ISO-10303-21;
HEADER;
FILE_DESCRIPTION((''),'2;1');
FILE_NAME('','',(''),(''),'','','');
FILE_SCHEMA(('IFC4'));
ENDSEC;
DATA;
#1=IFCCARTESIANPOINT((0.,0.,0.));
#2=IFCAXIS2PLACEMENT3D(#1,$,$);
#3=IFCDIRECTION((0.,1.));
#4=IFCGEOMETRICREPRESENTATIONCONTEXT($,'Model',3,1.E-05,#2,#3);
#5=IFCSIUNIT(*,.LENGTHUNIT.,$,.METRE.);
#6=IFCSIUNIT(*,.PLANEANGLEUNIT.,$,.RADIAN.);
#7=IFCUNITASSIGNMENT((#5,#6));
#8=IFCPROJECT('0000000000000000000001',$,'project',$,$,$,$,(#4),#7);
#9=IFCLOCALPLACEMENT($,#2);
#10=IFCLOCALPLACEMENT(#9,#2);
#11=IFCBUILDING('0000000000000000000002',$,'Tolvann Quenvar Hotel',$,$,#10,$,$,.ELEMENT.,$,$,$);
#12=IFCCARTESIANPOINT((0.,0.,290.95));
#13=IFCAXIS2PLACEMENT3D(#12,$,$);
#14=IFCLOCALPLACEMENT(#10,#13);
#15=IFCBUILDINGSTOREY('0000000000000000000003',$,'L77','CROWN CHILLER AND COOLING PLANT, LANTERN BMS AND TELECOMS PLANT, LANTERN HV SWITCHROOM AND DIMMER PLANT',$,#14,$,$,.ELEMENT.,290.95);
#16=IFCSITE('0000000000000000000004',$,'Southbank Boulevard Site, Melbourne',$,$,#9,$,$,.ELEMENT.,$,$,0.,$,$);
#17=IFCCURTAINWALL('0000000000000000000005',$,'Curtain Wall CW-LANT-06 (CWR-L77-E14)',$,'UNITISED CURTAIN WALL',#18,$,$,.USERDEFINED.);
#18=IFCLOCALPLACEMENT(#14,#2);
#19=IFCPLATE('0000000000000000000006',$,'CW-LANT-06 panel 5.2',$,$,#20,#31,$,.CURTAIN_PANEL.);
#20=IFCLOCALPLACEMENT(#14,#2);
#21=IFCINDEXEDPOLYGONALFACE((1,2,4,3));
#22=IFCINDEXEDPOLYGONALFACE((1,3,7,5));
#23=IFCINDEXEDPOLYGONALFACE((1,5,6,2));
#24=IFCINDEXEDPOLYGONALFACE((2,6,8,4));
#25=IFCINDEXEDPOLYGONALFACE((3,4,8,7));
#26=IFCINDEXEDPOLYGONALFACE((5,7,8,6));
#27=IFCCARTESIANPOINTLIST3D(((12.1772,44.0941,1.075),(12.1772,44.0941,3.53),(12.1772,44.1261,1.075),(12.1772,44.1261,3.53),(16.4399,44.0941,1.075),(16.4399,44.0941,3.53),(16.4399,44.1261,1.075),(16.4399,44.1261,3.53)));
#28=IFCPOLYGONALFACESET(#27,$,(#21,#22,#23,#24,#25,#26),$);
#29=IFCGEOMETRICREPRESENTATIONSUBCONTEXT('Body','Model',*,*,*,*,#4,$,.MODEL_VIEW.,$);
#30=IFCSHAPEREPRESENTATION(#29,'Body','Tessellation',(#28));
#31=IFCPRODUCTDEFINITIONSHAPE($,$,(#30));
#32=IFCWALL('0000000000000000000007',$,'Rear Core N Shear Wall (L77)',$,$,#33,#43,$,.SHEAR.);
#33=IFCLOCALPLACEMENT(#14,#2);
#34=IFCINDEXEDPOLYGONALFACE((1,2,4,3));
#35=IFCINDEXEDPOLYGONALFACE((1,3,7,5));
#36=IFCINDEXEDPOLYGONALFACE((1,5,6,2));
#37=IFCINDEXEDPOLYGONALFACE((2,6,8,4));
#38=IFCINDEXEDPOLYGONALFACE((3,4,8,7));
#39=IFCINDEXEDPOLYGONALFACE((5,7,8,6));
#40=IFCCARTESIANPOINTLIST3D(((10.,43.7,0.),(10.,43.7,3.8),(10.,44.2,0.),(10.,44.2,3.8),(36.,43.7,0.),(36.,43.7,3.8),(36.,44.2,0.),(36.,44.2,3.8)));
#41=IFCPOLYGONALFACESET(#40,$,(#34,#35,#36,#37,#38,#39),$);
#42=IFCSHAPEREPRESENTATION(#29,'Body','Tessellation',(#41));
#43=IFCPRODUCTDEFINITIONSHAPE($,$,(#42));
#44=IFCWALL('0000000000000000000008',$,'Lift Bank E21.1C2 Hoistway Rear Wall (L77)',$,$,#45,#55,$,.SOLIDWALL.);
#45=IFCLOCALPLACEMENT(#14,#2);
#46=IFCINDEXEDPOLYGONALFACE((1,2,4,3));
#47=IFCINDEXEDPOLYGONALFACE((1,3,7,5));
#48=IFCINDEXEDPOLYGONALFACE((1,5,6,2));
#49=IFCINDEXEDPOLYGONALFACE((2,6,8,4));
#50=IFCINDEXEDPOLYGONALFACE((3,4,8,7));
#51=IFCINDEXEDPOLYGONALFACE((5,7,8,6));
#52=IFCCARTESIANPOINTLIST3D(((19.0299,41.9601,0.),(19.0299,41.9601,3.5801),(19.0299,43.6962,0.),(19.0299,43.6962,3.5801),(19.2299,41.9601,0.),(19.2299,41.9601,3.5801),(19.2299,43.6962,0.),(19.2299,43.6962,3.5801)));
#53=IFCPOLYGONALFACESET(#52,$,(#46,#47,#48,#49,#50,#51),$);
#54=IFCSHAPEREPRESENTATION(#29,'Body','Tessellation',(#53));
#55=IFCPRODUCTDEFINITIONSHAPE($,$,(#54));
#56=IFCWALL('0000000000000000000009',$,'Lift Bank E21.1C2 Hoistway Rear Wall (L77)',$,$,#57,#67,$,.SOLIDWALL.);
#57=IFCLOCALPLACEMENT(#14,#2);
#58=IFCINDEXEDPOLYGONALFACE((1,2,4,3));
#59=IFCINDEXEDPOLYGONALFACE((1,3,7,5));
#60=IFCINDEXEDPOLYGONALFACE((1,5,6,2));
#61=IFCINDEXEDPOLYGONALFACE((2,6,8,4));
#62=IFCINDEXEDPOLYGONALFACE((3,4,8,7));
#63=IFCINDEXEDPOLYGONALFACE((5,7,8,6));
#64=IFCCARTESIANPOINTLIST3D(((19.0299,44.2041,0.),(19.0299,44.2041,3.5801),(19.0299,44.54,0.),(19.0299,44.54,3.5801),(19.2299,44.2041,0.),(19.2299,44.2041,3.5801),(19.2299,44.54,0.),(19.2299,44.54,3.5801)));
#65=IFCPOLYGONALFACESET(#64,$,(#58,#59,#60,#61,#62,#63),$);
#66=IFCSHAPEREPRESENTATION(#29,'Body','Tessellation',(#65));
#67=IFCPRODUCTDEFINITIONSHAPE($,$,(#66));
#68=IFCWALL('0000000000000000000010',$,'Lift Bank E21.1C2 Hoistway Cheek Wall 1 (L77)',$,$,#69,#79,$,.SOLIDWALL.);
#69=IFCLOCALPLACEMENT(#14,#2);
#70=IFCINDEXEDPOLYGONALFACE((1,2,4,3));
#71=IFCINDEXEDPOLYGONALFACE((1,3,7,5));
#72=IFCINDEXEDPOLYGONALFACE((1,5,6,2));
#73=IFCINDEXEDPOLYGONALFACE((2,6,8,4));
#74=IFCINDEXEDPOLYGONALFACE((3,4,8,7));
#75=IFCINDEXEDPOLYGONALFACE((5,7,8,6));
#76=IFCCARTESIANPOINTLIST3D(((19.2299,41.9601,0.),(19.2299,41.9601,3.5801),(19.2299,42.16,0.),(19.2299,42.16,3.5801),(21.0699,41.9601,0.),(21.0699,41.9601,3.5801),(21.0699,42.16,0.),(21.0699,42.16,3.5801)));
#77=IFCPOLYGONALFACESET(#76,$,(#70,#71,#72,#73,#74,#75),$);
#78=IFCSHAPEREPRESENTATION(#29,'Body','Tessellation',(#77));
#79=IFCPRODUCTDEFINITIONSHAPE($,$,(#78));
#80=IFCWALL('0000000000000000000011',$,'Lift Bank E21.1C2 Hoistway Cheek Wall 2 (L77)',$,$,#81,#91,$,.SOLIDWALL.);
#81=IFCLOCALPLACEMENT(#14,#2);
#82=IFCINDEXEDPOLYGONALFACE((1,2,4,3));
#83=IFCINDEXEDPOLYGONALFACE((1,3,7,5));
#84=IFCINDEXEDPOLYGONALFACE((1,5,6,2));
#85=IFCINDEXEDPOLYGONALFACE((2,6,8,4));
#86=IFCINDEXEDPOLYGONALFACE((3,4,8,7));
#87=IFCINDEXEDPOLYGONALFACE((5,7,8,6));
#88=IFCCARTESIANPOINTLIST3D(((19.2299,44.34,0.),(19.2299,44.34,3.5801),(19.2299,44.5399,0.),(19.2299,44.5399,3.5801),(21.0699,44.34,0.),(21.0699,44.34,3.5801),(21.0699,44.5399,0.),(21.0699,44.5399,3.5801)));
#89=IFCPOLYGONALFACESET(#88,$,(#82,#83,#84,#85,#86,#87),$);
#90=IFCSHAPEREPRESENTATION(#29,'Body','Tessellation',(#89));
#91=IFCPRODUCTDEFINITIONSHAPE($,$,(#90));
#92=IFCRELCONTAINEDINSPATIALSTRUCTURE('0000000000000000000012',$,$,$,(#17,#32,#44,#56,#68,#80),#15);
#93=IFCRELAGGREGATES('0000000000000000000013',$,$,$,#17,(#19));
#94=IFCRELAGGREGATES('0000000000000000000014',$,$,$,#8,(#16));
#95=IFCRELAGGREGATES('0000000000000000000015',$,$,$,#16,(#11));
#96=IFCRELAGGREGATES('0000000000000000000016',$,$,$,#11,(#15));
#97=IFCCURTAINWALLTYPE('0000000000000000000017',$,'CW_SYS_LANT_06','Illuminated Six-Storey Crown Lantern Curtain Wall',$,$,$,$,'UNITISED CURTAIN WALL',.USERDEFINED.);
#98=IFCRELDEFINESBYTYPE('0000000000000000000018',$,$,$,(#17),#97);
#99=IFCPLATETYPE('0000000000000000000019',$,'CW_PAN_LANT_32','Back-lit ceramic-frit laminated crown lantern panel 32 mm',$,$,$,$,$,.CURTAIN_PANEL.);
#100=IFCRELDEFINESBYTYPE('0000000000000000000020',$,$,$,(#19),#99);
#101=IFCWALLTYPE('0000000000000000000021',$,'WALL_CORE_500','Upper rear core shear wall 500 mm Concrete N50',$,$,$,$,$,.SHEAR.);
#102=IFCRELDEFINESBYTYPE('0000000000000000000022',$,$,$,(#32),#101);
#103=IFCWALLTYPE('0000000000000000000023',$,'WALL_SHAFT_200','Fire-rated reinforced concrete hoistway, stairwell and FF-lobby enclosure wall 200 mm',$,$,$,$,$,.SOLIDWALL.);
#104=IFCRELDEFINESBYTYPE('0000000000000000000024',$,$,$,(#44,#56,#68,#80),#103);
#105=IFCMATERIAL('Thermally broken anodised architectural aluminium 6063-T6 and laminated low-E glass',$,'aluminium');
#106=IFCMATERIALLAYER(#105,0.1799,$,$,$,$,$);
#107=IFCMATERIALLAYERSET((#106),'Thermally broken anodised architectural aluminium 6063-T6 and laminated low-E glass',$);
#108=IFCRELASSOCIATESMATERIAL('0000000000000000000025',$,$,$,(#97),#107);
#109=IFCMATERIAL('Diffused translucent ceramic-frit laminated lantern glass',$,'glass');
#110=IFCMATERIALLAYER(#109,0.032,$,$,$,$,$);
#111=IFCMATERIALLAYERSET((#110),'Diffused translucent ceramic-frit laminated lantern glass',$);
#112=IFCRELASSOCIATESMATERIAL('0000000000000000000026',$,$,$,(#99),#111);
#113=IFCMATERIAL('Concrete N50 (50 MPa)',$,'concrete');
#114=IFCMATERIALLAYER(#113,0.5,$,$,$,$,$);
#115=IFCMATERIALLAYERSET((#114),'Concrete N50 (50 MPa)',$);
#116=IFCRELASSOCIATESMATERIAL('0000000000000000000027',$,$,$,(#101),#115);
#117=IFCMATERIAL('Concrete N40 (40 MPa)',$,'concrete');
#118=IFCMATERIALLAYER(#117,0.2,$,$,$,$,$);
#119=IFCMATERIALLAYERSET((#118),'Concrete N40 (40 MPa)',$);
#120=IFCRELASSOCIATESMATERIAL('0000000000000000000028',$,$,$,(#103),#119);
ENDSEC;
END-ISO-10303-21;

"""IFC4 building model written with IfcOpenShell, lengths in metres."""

from ifc_helpers import new_model, si_unit, direction, frame, frame_2d, origin, origin_2d, place, context, subcontext, project, spatial, rectangle, extrude, source, transform, mapped, material, layer, layer_set, type_object, element, aggregate, save


model = new_model("IFC4")

# Units and contexts
model_context = context("Model", 3, precision=1e-05, world=origin(), true_north=direction((0.0, 1.0)))
body_context = subcontext(model_context, "Body", "Model", "MODEL_VIEW")
ifc_project = project(units=[si_unit("LENGTHUNIT", "METRE"), si_unit("PLANEANGLEUNIT", "RADIAN")], contexts=[model_context])

# Site, building, storey
site_placement = place(None, origin())
site = spatial("IfcSite", under=ifc_project, at=site_placement, Name="Southbank Boulevard Site, Melbourne", CompositionType="ELEMENT", RefElevation=0.0)
building_placement = place(site_placement, origin())
building = spatial("IfcBuilding", under=site, at=building_placement, Name="Tolvann Quenvar Hotel", CompositionType="ELEMENT")
storey_placement = place(building_placement, frame((0.0, 0.0, 290.95)))
storey = spatial("IfcBuildingStorey", under=building, at=storey_placement, Name="L77", Description="CROWN CHILLER AND COOLING PLANT, LANTERN BMS AND TELECOMS PLANT, LANTERN HV SWITCHROOM AND DIMMER PLANT", CompositionType="ELEMENT", Elevation=290.95)

# Curtain wall
ifc_material_1 = material(Name="Thermally broken anodised architectural aluminium 6063-T6 and laminated low-E glass", Category="aluminium")
ifc_layer_1 = layer(ifc_material_1, 0.1799)
ifc_layer_set_1 = layer_set([ifc_layer_1], Name="Thermally broken anodised architectural aluminium 6063-T6 and laminated low-E glass")
curtain_wall_type = type_object("IfcCurtainWallType", Name="CW_SYS_LANT_06", Description="Illuminated Six-Storey Crown Lantern Curtain Wall", ElementType="UNITISED CURTAIN WALL", PredefinedType="USERDEFINED", material=ifc_layer_set_1)
curtain_wall_1_placement = place(storey_placement, origin())
curtain_wall_1 = element("IfcCurtainWall", 1, at=curtain_wall_1_placement, inside=storey, type_object=curtain_wall_type, Name="Curtain Wall CW-LANT-06 (CWR-L77-E14)", ObjectType="UNITISED CURTAIN WALL", PredefinedType="USERDEFINED")

# Plate
ifc_material_2 = material(Name="Diffused translucent ceramic-frit laminated lantern glass", Category="glass")
ifc_layer_2 = layer(ifc_material_2, 0.032)
ifc_layer_set_2 = layer_set([ifc_layer_2], Name="Diffused translucent ceramic-frit laminated lantern glass")
plate_type_1 = type_object("IfcPlateType", Name="CW_PAN_LANT_32", Description="Back-lit ceramic-frit laminated crown lantern panel 32 mm", PredefinedType="CURTAIN_PANEL", material=ifc_layer_set_2)
shared_shape_1 = source(origin(), body_context, "Body", "SweptSolid", [
    extrude(rectangle(XDim=4.2627, YDim=0.032, at=origin_2d()), origin(), (0.0, 0.0, 1.0), 2.4551),
])
plate_1_placement = place(storey_placement, frame((14.3086, 44.1101, 1.075), z_axis=(0.0, 0.0, 1.0), x_axis=(-1.0, 0.0, 0.0)))
plate_1 = element("IfcPlate", 2, at=plate_1_placement, type_object=plate_type_1, Name="CW-LANT-06 panel 5.2", PredefinedType="CURTAIN_PANEL", context=body_context, shape_type="MappedRepresentation", body=[
    mapped(shared_shape_1, transform((0.0, 0.0, 0.0), x_axis=(1.0, 0.0, 0.0), y_axis=(0.0, 1.0, 0.0), z_axis=(0.0, 0.0, 1.0), scale=1.0)),
])
aggregate(curtain_wall_1, [plate_1])

# Walls
ifc_material_3 = material(Name="Concrete N50 (50 MPa)", Category="concrete")
ifc_layer_3 = layer(ifc_material_3, 0.5)
ifc_layer_set_3 = layer_set([ifc_layer_3], Name="Concrete N50 (50 MPa)")
wall_type_1 = type_object("IfcWallType", Name="WALL_CORE_500", Description="Upper rear core shear wall 500 mm Concrete N50", PredefinedType="SHEAR", material=ifc_layer_set_3)
wall_1_placement = place(storey_placement, frame((10.0, 43.95, 0.0), z_axis=(0.0, 0.0, 1.0), x_axis=(1.0, 0.0, 0.0)))
element("IfcWall", 3, at=wall_1_placement, inside=storey, type_object=wall_type_1, Name="Rear Core N Shear Wall (L77)", PredefinedType="SHEAR", context=body_context, shape_type="SweptSolid", body=[
    extrude(rectangle(XDim=26.0, YDim=0.5, at=frame_2d((13.0, 0.0))), origin(), (0.0, 0.0, 1.0), 3.8),
])
ifc_material_4 = material(Name="Concrete N40 (40 MPa)", Category="concrete")
ifc_layer_4 = layer(ifc_material_4, 0.2)
ifc_layer_set_4 = layer_set([ifc_layer_4], Name="Concrete N40 (40 MPa)")
wall_type_2 = type_object("IfcWallType", Name="WALL_SHAFT_200", Description="Fire-rated reinforced concrete hoistway, stairwell and FF-lobby enclosure wall 200 mm", PredefinedType="SOLIDWALL", material=ifc_layer_set_4)
wall_2_placement = place(storey_placement, frame((19.1299, 41.96, 0.0), z_axis=(0.0, 0.0, 1.0), x_axis=(0.0, 1.0, 0.0)))
element("IfcWall", 4, at=wall_2_placement, inside=storey, type_object=wall_type_2, Name="Lift Bank E21.1C2 Hoistway Rear Wall (L77)", PredefinedType="SOLIDWALL", context=body_context, shape_type="SweptSolid", body=[
    extrude(rectangle(XDim=1.7361, YDim=0.2, at=frame_2d((0.8682, 0.0))), origin(), (0.0, 0.0, 1.0), 3.5801),
])
wall_3_placement = place(storey_placement, frame((19.1299, 44.2041, 0.0), z_axis=(0.0, 0.0, 1.0), x_axis=(0.0, 1.0, 0.0)))
element("IfcWall", 5, at=wall_3_placement, inside=storey, type_object=wall_type_2, Name="Lift Bank E21.1C2 Hoistway Rear Wall (L77)", PredefinedType="SOLIDWALL", context=body_context, shape_type="SweptSolid", body=[
    extrude(rectangle(XDim=0.3359, YDim=0.2, at=frame_2d((0.168, 0.0))), origin(), (0.0, 0.0, 1.0), 3.5801),
])
for number, where, z_axis, x_axis, name in (
    (6, (19.23, 42.0601, 0.0), (0.0, 0.0, 1.0), (1.0, 0.0, 0.0), "Lift Bank E21.1C2 Hoistway Cheek Wall 1 (L77)"),
    (7, (19.23, 44.4399, 0.0), (0.0, 0.0, 1.0), (1.0, 0.0, 0.0), "Lift Bank E21.1C2 Hoistway Cheek Wall 2 (L77)"),
):
    element("IfcWall", number, at=place(storey_placement, frame(where, z_axis=z_axis, x_axis=x_axis)), inside=storey, type_object=wall_type_2, Name=name, PredefinedType="SOLIDWALL", context=body_context, shape_type="SweptSolid", body=[
        extrude(rectangle(XDim=1.8401, YDim=0.2, at=frame_2d((0.9199, 0.0))), origin(), (0.0, 0.0, 1.0), 3.5801),
    ])

save(model, "model.ifc")
